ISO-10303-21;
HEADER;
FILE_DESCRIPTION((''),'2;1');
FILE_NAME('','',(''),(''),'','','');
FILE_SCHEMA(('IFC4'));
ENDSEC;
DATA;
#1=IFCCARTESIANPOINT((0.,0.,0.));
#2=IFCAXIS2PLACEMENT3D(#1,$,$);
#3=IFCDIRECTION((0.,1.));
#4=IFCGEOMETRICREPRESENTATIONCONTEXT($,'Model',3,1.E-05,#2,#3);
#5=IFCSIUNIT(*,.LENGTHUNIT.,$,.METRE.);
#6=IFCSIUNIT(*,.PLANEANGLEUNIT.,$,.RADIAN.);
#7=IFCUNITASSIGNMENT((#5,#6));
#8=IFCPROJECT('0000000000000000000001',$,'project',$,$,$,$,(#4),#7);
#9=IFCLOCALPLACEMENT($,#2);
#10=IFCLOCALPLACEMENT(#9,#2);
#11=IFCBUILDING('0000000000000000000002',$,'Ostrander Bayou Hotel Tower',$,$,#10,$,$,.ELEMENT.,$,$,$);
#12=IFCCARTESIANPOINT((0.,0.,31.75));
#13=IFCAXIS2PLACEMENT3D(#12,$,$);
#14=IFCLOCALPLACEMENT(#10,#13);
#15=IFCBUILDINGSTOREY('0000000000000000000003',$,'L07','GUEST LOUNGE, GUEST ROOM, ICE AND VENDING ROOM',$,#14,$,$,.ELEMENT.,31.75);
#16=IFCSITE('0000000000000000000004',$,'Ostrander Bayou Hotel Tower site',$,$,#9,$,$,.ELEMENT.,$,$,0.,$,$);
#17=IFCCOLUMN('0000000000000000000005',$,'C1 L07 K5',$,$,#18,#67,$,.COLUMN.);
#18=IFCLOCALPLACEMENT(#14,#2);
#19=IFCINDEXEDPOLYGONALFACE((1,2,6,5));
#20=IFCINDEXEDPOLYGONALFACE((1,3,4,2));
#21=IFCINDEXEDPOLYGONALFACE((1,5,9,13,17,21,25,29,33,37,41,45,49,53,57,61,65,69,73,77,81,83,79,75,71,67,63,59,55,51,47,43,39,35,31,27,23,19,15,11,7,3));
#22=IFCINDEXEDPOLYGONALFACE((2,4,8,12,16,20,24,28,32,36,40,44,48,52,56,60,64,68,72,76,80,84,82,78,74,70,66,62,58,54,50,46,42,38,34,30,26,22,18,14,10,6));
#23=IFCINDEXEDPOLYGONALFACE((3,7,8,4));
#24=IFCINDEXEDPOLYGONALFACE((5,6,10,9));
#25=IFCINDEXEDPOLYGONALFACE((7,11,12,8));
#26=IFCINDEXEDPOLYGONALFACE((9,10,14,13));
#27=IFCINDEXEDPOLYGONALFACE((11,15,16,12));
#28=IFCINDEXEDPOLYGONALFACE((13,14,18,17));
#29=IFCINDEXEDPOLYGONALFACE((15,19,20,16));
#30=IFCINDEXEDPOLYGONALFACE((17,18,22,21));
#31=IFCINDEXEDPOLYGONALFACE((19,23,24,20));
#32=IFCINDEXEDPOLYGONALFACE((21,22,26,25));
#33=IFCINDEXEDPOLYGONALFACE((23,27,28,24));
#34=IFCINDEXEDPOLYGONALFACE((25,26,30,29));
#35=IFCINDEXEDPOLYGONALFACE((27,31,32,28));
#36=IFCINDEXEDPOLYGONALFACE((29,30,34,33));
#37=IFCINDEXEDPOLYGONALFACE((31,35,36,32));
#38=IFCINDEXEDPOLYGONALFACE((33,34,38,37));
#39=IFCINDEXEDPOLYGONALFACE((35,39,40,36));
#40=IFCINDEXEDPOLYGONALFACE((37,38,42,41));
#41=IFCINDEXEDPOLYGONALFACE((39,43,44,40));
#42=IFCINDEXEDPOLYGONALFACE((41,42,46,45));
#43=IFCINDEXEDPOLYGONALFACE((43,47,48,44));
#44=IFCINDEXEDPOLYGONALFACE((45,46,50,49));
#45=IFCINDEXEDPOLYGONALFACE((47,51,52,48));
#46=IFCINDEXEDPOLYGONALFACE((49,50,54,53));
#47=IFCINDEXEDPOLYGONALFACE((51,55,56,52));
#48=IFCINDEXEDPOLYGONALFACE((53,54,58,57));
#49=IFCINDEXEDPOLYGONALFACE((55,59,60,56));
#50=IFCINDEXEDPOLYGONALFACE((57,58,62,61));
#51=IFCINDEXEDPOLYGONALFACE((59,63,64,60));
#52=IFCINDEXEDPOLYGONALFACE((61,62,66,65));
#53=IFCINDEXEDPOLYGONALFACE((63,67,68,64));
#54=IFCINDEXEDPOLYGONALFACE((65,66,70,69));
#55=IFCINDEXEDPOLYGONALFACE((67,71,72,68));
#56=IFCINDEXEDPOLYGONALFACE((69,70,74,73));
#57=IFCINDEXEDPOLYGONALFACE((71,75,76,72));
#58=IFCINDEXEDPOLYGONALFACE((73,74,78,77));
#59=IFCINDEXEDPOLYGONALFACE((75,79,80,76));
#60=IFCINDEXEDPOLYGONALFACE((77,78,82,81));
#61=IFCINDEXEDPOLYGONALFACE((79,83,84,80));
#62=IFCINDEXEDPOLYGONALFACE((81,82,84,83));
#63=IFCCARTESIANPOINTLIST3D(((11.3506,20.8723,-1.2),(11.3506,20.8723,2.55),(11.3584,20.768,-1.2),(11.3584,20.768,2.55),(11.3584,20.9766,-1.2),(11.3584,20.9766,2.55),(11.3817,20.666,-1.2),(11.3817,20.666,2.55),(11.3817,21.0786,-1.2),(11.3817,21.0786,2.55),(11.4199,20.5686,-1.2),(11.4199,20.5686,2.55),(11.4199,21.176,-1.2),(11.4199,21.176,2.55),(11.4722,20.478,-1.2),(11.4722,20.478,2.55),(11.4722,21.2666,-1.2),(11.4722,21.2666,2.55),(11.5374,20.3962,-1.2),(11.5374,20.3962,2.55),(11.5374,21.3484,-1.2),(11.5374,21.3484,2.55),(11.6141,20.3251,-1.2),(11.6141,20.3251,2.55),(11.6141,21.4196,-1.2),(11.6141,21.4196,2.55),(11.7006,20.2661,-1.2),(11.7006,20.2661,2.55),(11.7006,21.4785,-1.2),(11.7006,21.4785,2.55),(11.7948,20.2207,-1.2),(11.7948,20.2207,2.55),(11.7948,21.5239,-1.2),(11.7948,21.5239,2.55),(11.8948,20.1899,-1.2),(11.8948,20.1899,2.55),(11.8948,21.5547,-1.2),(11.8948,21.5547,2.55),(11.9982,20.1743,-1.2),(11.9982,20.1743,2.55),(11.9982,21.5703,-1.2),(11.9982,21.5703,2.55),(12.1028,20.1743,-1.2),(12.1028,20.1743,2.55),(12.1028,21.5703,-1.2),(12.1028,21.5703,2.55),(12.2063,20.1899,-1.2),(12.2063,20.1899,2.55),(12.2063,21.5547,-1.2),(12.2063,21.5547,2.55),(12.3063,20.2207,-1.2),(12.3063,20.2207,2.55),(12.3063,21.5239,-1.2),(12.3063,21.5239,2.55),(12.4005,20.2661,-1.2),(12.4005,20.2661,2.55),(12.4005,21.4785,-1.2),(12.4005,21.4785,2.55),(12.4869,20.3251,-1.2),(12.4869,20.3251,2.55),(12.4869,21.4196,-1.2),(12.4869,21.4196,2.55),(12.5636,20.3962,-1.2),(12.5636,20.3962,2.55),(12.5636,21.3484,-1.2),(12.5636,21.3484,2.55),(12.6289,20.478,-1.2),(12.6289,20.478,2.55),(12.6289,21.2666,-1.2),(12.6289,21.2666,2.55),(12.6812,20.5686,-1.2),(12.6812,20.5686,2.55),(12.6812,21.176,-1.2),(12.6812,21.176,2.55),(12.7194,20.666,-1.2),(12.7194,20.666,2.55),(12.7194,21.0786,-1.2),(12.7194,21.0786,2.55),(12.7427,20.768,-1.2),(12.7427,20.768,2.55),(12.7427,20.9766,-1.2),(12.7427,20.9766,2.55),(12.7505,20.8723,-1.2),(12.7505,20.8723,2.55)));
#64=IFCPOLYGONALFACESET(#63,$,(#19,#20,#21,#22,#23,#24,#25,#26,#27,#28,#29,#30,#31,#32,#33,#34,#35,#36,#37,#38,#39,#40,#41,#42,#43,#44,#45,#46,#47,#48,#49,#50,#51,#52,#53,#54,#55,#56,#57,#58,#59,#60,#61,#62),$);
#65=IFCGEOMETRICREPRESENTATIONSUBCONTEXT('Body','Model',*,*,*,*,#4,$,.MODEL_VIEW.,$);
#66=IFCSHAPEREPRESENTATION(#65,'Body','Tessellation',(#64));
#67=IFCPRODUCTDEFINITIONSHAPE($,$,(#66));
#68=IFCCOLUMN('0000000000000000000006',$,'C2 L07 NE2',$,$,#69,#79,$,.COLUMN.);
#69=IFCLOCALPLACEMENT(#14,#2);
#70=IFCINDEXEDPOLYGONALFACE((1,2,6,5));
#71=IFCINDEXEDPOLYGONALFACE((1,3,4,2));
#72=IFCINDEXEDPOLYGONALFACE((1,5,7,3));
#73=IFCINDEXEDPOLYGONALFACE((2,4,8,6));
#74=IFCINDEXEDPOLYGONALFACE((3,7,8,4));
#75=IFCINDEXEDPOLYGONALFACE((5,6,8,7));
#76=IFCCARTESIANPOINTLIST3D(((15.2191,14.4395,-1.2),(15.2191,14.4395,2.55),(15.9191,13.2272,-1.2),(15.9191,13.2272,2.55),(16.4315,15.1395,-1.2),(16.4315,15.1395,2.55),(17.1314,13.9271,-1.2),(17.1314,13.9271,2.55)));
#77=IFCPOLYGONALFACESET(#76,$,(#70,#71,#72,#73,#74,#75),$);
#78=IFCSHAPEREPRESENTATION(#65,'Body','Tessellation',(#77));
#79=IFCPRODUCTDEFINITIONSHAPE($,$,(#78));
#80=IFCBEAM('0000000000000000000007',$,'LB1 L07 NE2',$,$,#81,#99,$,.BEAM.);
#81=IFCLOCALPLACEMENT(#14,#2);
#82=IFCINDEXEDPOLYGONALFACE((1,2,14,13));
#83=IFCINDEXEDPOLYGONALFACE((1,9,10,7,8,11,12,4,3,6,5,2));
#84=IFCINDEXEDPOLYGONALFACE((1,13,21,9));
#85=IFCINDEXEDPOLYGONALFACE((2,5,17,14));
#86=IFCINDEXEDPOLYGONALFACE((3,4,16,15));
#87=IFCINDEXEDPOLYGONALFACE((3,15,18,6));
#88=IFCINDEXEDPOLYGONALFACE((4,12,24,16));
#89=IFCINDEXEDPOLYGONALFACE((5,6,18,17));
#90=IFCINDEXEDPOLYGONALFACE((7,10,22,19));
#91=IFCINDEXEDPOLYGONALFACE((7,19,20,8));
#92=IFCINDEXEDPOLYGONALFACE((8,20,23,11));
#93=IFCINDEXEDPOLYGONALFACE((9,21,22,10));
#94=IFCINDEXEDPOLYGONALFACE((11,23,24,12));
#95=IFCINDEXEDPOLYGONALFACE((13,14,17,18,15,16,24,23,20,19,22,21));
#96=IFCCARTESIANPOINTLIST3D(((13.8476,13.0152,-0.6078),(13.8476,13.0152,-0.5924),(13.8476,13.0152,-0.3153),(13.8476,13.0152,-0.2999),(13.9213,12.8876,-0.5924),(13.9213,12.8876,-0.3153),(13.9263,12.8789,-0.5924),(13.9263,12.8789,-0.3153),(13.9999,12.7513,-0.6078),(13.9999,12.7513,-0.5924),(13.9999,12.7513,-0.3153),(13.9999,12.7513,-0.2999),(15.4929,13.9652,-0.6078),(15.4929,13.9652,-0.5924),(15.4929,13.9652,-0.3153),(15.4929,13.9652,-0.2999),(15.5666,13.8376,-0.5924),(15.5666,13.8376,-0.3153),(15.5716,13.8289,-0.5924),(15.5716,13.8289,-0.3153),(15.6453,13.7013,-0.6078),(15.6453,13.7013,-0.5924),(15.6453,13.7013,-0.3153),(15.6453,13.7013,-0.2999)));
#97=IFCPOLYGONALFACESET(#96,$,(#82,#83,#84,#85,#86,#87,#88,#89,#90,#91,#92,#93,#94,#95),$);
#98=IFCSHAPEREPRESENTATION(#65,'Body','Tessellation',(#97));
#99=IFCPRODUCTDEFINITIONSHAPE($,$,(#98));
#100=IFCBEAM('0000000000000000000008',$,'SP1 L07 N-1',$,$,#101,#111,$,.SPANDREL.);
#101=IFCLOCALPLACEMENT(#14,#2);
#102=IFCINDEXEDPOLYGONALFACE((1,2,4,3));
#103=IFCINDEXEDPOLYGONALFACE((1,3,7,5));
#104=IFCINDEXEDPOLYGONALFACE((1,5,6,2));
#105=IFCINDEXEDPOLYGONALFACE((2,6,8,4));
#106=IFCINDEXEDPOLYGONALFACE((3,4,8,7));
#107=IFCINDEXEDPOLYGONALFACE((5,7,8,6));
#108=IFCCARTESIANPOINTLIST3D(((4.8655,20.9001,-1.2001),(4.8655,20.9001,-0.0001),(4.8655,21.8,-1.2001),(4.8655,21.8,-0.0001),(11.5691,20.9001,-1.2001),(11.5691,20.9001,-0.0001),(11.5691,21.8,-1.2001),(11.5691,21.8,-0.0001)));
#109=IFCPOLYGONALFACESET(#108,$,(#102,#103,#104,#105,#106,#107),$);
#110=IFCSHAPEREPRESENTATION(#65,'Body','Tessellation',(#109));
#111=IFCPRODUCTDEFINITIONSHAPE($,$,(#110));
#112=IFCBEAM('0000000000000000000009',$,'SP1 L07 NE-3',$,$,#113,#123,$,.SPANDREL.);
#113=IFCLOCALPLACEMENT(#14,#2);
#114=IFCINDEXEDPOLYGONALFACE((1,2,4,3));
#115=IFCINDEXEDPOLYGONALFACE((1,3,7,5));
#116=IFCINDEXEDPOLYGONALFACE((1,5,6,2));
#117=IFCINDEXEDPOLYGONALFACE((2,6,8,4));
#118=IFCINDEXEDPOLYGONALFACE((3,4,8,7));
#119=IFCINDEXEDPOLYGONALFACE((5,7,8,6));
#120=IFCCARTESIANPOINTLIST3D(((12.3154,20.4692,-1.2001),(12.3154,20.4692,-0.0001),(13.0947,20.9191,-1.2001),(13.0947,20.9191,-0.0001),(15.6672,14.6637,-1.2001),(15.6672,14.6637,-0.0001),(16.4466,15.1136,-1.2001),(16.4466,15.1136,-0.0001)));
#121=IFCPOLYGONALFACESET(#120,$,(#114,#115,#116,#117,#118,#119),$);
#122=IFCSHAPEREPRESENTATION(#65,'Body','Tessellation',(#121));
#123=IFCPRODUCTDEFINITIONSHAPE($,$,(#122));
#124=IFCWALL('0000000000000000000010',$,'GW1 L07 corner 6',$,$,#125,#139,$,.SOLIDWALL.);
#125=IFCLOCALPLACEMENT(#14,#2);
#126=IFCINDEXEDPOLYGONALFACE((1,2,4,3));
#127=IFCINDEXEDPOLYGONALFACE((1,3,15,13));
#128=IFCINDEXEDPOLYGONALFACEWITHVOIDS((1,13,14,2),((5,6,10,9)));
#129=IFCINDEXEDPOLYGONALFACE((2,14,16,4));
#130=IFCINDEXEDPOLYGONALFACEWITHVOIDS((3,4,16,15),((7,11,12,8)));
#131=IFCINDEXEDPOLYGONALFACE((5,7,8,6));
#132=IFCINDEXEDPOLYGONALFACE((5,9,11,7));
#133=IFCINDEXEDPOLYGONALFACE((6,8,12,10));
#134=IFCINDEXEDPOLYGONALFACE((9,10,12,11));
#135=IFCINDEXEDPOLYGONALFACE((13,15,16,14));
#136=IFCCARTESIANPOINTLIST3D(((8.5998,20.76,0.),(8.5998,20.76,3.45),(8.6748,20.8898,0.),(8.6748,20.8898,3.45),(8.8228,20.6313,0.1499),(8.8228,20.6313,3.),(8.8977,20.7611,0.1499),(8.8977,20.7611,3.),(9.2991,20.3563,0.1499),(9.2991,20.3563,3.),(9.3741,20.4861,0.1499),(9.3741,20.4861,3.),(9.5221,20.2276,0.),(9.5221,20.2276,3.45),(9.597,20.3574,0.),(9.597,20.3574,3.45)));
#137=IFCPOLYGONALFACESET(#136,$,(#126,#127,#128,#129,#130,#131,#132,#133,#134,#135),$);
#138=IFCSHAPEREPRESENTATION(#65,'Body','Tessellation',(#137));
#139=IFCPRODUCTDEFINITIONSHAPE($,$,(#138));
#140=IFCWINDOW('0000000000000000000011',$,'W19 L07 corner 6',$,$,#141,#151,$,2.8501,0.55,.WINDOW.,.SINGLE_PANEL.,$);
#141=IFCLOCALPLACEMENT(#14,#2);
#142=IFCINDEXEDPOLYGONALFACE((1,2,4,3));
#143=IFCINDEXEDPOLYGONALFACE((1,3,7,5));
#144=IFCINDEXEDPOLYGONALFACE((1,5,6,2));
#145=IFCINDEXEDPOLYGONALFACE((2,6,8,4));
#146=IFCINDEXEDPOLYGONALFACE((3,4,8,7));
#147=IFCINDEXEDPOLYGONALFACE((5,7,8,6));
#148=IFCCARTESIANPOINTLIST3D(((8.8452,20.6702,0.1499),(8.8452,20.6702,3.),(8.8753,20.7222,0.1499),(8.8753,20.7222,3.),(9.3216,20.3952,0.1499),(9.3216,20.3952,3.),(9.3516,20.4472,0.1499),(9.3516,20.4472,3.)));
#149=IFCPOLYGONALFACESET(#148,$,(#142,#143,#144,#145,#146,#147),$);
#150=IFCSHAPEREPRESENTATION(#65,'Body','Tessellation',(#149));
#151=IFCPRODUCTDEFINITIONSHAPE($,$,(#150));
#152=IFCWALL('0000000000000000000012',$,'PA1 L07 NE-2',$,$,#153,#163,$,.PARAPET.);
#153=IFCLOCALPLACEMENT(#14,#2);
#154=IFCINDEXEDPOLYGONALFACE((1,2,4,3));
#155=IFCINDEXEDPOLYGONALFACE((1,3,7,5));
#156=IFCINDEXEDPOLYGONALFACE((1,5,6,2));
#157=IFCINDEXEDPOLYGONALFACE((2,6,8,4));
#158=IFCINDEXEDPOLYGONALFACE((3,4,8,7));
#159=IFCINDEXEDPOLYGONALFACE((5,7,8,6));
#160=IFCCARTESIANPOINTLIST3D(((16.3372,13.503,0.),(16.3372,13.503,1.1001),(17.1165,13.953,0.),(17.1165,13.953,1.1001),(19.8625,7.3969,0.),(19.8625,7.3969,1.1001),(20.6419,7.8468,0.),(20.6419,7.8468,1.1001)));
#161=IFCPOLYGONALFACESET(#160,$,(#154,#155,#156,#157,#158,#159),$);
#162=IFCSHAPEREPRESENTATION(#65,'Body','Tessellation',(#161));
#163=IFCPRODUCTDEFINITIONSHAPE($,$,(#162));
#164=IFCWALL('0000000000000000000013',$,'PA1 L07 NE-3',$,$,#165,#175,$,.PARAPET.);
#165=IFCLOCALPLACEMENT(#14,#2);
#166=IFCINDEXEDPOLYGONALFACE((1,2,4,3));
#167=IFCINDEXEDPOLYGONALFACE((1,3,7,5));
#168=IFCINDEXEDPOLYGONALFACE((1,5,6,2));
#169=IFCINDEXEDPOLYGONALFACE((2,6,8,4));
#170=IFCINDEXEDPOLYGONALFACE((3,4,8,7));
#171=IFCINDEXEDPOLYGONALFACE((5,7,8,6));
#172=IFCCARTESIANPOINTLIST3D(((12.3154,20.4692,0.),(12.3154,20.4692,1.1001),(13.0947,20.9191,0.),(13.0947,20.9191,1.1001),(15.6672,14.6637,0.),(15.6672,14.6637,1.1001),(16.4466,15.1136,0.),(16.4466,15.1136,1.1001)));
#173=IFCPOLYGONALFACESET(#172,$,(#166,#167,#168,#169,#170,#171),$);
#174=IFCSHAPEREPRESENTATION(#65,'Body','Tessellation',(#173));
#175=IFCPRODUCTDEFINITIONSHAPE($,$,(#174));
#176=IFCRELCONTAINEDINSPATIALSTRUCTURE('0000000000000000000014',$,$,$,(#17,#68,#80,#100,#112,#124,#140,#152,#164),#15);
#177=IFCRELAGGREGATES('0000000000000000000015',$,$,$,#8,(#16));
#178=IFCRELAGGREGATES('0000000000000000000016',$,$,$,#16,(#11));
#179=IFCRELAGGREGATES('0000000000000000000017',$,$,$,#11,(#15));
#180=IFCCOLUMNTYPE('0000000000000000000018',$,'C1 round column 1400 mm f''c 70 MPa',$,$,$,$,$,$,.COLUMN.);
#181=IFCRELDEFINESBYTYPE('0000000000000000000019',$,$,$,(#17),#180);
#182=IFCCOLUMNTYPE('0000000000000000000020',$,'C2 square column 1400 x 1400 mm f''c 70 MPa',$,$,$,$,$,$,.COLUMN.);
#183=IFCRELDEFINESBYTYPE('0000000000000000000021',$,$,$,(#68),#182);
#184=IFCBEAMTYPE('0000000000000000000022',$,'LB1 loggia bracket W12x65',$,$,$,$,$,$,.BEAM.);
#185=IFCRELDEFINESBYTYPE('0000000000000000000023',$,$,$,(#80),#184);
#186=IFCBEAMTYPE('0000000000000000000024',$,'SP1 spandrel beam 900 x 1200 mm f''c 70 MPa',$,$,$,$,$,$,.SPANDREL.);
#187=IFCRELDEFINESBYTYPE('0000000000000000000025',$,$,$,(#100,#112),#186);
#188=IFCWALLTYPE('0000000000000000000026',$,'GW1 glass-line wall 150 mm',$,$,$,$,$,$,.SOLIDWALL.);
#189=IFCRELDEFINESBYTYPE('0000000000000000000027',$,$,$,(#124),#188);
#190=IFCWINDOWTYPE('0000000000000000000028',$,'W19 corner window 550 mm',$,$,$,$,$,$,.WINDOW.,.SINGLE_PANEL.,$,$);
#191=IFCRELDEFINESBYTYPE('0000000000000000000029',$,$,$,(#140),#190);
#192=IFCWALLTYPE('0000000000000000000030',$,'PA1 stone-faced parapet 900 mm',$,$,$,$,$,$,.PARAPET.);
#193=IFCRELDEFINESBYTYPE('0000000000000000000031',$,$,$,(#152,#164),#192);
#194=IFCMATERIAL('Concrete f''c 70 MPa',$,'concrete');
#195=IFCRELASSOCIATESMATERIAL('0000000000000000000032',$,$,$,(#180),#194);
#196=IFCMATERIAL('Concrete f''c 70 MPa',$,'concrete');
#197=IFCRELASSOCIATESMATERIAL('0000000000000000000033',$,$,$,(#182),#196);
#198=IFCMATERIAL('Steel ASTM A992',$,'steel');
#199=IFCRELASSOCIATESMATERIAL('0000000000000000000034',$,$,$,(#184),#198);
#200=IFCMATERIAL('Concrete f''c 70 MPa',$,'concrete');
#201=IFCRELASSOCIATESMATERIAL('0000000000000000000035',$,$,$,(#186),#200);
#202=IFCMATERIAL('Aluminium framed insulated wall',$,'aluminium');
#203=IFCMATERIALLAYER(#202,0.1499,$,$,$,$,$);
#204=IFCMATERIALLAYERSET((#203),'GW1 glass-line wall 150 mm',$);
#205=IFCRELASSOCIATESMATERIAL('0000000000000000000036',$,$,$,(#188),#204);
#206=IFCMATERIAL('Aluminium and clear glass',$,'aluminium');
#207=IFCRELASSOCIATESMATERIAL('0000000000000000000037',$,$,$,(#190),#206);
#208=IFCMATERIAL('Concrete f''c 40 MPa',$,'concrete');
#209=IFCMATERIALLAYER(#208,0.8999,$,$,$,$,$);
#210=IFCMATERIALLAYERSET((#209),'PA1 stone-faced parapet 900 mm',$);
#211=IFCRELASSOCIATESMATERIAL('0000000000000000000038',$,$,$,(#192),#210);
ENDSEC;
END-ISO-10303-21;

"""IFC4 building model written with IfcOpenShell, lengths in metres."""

from ifc_helpers import new_model, si_unit, direction, frame, frame_2d, origin, origin_2d, place, context, subcontext, project, spatial, rectangle, circle, i_section, extrude, material, layer, layer_set, material_profile, profile_set, type_object, element, fill, save


model = new_model("IFC4")

# Units and contexts
model_context = context("Model", 3, precision=1e-05, world=origin(), true_north=direction((0.0, 1.0)))
body_context = subcontext(model_context, "Body", "Model", "MODEL_VIEW")
ifc_project = project(units=[si_unit("LENGTHUNIT", "METRE"), si_unit("PLANEANGLEUNIT", "RADIAN")], contexts=[model_context])

# Site, building, storey
site_placement = place(None, origin())
site = spatial("IfcSite", under=ifc_project, at=site_placement, Name="Ostrander Bayou Hotel Tower site", CompositionType="ELEMENT", RefElevation=0.0)
building_placement = place(site_placement, origin())
building = spatial("IfcBuilding", under=site, at=building_placement, Name="Ostrander Bayou Hotel Tower", CompositionType="ELEMENT")
storey_placement = place(building_placement, frame((0.0, 0.0, 31.75)))
storey = spatial("IfcBuildingStorey", under=building, at=storey_placement, Name="L07", Description="GUEST LOUNGE, GUEST ROOM, ICE AND VENDING ROOM", CompositionType="ELEMENT", Elevation=31.75)

# Columns
ifc_material_1 = material(Name="Concrete f'c 70 MPa", Category="concrete")
ifc_material_profile_1 = material_profile(ifc_material_1, circle(Radius=0.7, at=origin_2d()))
ifc_profile_set_1 = profile_set([ifc_material_profile_1], Name="Concrete f'c 70 MPa")
column_type_1 = type_object("IfcColumnType", Name="C1 round column 1400 mm f'c 70 MPa", PredefinedType="COLUMN", material=ifc_profile_set_1)
column_1_placement = place(storey_placement, frame((12.0505, 20.8723, -1.2), z_axis=(0.0, 0.0, 1.0), x_axis=(1.0, 0.0, 0.0)))
element("IfcColumn", 1, at=column_1_placement, inside=storey, type_object=column_type_1, Name="C1 L07 K5", PredefinedType="COLUMN", context=body_context, shape_type="SweptSolid", body=[
    extrude(circle(Radius=0.7, at=origin_2d()), origin(), (0.0, 0.0, 1.0), 3.75),
])
ifc_material_2 = material(Name="Concrete f'c 70 MPa", Category="concrete")
ifc_material_profile_2 = material_profile(ifc_material_2, rectangle(XDim=1.3999, YDim=1.3999, at=origin_2d()))
ifc_profile_set_2 = profile_set([ifc_material_profile_2], Name="Concrete f'c 70 MPa")
column_type_2 = type_object("IfcColumnType", Name="C2 square column 1400 x 1400 mm f'c 70 MPa", PredefinedType="COLUMN", material=ifc_profile_set_2)
column_2_placement = place(storey_placement, frame((16.1753, 14.1833, -1.2), z_axis=(0.0, 0.0, 1.0), x_axis=(0.5, -0.866025, 0.0)))
element("IfcColumn", 2, at=column_2_placement, inside=storey, type_object=column_type_2, Name="C2 L07 NE2", PredefinedType="COLUMN", context=body_context, shape_type="SweptSolid", body=[
    extrude(rectangle(XDim=1.3999, YDim=1.3999, at=origin_2d()), origin(), (0.0, 0.0, 1.0), 3.75),
])

# Beams
ifc_material_3 = material(Name="Steel ASTM A992", Category="steel")
ifc_material_profile_3 = material_profile(ifc_material_3, i_section(OverallWidth=0.3047, OverallDepth=0.3079, WebThickness=0.01, FlangeThickness=0.0154, at=origin_2d()))
ifc_profile_set_3 = profile_set([ifc_material_profile_3], Name="Steel ASTM A992")
beam_type_1 = type_object("IfcBeamType", Name="LB1 loggia bracket W12x65", PredefinedType="BEAM", material=ifc_profile_set_3)
beam_placement = place(storey_placement, frame((15.5691, 13.8333, -0.4539), z_axis=(-0.866012, -0.500023, 0.0), x_axis=(0.500023, -0.866012, 0.0)))
element("IfcBeam", 3, at=beam_placement, inside=storey, type_object=beam_type_1, Name="LB1 L07 NE2", PredefinedType="BEAM", context=body_context, shape_type="SweptSolid", body=[
    extrude(i_section(OverallWidth=0.3047, OverallDepth=0.3079, WebThickness=0.01, FlangeThickness=0.0154, at=origin_2d()), origin(), (0.0, 0.0, 1.0), 1.8999),
])
ifc_material_4 = material(Name="Concrete f'c 70 MPa", Category="concrete")
ifc_material_profile_4 = material_profile(ifc_material_4, rectangle(XDim=0.8999, YDim=1.2, at=origin_2d()))
ifc_profile_set_4 = profile_set([ifc_material_profile_4], Name="Concrete f'c 70 MPa")
beam_type_2 = type_object("IfcBeamType", Name="SP1 spandrel beam 900 x 1200 mm f'c 70 MPa", PredefinedType="SPANDREL", material=ifc_profile_set_4)
for number, where, z_axis, x_axis, name in (
    (4, (11.5691, 21.3501, -0.6001), (-1.0, 0.0, 0.0), (0.0, -1.0, 0.0), "SP1 L07 N-1"),
    (5, (16.0569, 14.8887, -0.6001), (-0.500005, 0.866022, 0.0), (-0.866022, -0.500005, 0.0), "SP1 L07 NE-3"),
):
    element("IfcBeam", number, at=place(storey_placement, frame(where, z_axis=z_axis, x_axis=x_axis)), inside=storey, type_object=beam_type_2, Name=name, PredefinedType="SPANDREL", context=body_context, shape_type="SweptSolid", body=[
        extrude(rectangle(XDim=0.8999, YDim=1.2, at=origin_2d()), origin(), (0.0, 0.0, 1.0), 6.7036),
    ])

# Wall, opening, window
ifc_material_5 = material(Name="Aluminium framed insulated wall", Category="aluminium")
ifc_layer_1 = layer(ifc_material_5, 0.1499)
ifc_layer_set_1 = layer_set([ifc_layer_1], Name="GW1 glass-line wall 150 mm")
wall_type_1 = type_object("IfcWallType", Name="GW1 glass-line wall 150 mm", PredefinedType="SOLIDWALL", material=ifc_layer_set_1)
wall_1_placement = place(storey_placement, frame((9.5596, 20.2925, 0.0), z_axis=(0.0, 0.0, 1.0), x_axis=(-0.866048, 0.499961, 0.0)))
wall_1 = element("IfcWall", 6, at=wall_1_placement, inside=storey, type_object=wall_type_1, Name="GW1 L07 corner 6", PredefinedType="SOLIDWALL", context=body_context, shape_type="SweptSolid", body=[
    extrude(rectangle(XDim=1.0649, YDim=0.1499, at=frame_2d((0.5325, 0.0))), origin(), (0.0, 0.0, 1.0), 3.45),
])
opening_1_placement = place(wall_1_placement, frame((0.2576, 0.0, 0.1499)))
opening_1 = element("IfcOpeningElement", 7, at=opening_1_placement, cuts=wall_1, PredefinedType="OPENING", context=body_context, shape_type="SweptSolid", body=[
    extrude(rectangle(XDim=0.55, YDim=2.8501, at=frame_2d((0.2749, 1.425))), frame((0.0, 0.075, 0.0), z_axis=(0.0, -1.0, 0.0), x_axis=(1.0, 0.0, 0.0)), (0.0, 0.0, 1.0), 0.1499),
])
ifc_material_6 = material(Name="Aluminium and clear glass", Category="aluminium")
window_type_1 = type_object("IfcWindowType", Name="W19 corner window 550 mm", PartitioningType="SINGLE_PANEL", PredefinedType="WINDOW", material=ifc_material_6)
window_1_placement = place(opening_1_placement, origin())
window_1 = element("IfcWindow", 8, at=window_1_placement, inside=storey, type_object=window_type_1, Name="W19 L07 corner 6", OverallHeight=2.8501, OverallWidth=0.55, PartitioningType="SINGLE_PANEL", PredefinedType="WINDOW", context=body_context, shape_type="SweptSolid", body=[
    extrude(rectangle(XDim=0.55, YDim=2.8501, at=frame_2d((0.2749, 1.425))), frame((0.0, 0.03, 0.0), z_axis=(0.0, -1.0, 0.0), x_axis=(1.0, 0.0, 0.0)), (0.0, 0.0, 1.0), 0.0601),
])
fill(opening_1, window_1)

# Walls
ifc_material_7 = material(Name="Concrete f'c 40 MPa", Category="concrete")
ifc_layer_2 = layer(ifc_material_7, 0.8999)
ifc_layer_set_2 = layer_set([ifc_layer_2], Name="PA1 stone-faced parapet 900 mm")
wall_type_2 = type_object("IfcWallType", Name="PA1 stone-faced parapet 900 mm", PredefinedType="PARAPET", material=ifc_layer_set_2)
wall_2_placement = place(storey_placement, frame((20.2522, 7.6218, 0.0), z_axis=(0.0, 0.0, 1.0), x_axis=(-0.499997, 0.866027, 0.0)))
element("IfcWall", 9, at=wall_2_placement, inside=storey, type_object=wall_type_2, Name="PA1 L07 NE-2", PredefinedType="PARAPET", context=body_context, shape_type="SweptSolid", body=[
    extrude(rectangle(XDim=7.0508, YDim=0.8999, at=frame_2d((3.5254, 0.0))), origin(), (0.0, 0.0, 1.0), 1.1001),
])
wall_3_placement = place(storey_placement, frame((16.0569, 14.8887, 0.0), z_axis=(0.0, 0.0, 1.0), x_axis=(-0.500005, 0.866022, 0.0)))
element("IfcWall", 10, at=wall_3_placement, inside=storey, type_object=wall_type_2, Name="PA1 L07 NE-3", PredefinedType="PARAPET", context=body_context, shape_type="SweptSolid", body=[
    extrude(rectangle(XDim=6.7036, YDim=0.8999, at=frame_2d((3.3518, 0.0))), origin(), (0.0, 0.0, 1.0), 1.1001),
])

save(model, "model.ifc")
